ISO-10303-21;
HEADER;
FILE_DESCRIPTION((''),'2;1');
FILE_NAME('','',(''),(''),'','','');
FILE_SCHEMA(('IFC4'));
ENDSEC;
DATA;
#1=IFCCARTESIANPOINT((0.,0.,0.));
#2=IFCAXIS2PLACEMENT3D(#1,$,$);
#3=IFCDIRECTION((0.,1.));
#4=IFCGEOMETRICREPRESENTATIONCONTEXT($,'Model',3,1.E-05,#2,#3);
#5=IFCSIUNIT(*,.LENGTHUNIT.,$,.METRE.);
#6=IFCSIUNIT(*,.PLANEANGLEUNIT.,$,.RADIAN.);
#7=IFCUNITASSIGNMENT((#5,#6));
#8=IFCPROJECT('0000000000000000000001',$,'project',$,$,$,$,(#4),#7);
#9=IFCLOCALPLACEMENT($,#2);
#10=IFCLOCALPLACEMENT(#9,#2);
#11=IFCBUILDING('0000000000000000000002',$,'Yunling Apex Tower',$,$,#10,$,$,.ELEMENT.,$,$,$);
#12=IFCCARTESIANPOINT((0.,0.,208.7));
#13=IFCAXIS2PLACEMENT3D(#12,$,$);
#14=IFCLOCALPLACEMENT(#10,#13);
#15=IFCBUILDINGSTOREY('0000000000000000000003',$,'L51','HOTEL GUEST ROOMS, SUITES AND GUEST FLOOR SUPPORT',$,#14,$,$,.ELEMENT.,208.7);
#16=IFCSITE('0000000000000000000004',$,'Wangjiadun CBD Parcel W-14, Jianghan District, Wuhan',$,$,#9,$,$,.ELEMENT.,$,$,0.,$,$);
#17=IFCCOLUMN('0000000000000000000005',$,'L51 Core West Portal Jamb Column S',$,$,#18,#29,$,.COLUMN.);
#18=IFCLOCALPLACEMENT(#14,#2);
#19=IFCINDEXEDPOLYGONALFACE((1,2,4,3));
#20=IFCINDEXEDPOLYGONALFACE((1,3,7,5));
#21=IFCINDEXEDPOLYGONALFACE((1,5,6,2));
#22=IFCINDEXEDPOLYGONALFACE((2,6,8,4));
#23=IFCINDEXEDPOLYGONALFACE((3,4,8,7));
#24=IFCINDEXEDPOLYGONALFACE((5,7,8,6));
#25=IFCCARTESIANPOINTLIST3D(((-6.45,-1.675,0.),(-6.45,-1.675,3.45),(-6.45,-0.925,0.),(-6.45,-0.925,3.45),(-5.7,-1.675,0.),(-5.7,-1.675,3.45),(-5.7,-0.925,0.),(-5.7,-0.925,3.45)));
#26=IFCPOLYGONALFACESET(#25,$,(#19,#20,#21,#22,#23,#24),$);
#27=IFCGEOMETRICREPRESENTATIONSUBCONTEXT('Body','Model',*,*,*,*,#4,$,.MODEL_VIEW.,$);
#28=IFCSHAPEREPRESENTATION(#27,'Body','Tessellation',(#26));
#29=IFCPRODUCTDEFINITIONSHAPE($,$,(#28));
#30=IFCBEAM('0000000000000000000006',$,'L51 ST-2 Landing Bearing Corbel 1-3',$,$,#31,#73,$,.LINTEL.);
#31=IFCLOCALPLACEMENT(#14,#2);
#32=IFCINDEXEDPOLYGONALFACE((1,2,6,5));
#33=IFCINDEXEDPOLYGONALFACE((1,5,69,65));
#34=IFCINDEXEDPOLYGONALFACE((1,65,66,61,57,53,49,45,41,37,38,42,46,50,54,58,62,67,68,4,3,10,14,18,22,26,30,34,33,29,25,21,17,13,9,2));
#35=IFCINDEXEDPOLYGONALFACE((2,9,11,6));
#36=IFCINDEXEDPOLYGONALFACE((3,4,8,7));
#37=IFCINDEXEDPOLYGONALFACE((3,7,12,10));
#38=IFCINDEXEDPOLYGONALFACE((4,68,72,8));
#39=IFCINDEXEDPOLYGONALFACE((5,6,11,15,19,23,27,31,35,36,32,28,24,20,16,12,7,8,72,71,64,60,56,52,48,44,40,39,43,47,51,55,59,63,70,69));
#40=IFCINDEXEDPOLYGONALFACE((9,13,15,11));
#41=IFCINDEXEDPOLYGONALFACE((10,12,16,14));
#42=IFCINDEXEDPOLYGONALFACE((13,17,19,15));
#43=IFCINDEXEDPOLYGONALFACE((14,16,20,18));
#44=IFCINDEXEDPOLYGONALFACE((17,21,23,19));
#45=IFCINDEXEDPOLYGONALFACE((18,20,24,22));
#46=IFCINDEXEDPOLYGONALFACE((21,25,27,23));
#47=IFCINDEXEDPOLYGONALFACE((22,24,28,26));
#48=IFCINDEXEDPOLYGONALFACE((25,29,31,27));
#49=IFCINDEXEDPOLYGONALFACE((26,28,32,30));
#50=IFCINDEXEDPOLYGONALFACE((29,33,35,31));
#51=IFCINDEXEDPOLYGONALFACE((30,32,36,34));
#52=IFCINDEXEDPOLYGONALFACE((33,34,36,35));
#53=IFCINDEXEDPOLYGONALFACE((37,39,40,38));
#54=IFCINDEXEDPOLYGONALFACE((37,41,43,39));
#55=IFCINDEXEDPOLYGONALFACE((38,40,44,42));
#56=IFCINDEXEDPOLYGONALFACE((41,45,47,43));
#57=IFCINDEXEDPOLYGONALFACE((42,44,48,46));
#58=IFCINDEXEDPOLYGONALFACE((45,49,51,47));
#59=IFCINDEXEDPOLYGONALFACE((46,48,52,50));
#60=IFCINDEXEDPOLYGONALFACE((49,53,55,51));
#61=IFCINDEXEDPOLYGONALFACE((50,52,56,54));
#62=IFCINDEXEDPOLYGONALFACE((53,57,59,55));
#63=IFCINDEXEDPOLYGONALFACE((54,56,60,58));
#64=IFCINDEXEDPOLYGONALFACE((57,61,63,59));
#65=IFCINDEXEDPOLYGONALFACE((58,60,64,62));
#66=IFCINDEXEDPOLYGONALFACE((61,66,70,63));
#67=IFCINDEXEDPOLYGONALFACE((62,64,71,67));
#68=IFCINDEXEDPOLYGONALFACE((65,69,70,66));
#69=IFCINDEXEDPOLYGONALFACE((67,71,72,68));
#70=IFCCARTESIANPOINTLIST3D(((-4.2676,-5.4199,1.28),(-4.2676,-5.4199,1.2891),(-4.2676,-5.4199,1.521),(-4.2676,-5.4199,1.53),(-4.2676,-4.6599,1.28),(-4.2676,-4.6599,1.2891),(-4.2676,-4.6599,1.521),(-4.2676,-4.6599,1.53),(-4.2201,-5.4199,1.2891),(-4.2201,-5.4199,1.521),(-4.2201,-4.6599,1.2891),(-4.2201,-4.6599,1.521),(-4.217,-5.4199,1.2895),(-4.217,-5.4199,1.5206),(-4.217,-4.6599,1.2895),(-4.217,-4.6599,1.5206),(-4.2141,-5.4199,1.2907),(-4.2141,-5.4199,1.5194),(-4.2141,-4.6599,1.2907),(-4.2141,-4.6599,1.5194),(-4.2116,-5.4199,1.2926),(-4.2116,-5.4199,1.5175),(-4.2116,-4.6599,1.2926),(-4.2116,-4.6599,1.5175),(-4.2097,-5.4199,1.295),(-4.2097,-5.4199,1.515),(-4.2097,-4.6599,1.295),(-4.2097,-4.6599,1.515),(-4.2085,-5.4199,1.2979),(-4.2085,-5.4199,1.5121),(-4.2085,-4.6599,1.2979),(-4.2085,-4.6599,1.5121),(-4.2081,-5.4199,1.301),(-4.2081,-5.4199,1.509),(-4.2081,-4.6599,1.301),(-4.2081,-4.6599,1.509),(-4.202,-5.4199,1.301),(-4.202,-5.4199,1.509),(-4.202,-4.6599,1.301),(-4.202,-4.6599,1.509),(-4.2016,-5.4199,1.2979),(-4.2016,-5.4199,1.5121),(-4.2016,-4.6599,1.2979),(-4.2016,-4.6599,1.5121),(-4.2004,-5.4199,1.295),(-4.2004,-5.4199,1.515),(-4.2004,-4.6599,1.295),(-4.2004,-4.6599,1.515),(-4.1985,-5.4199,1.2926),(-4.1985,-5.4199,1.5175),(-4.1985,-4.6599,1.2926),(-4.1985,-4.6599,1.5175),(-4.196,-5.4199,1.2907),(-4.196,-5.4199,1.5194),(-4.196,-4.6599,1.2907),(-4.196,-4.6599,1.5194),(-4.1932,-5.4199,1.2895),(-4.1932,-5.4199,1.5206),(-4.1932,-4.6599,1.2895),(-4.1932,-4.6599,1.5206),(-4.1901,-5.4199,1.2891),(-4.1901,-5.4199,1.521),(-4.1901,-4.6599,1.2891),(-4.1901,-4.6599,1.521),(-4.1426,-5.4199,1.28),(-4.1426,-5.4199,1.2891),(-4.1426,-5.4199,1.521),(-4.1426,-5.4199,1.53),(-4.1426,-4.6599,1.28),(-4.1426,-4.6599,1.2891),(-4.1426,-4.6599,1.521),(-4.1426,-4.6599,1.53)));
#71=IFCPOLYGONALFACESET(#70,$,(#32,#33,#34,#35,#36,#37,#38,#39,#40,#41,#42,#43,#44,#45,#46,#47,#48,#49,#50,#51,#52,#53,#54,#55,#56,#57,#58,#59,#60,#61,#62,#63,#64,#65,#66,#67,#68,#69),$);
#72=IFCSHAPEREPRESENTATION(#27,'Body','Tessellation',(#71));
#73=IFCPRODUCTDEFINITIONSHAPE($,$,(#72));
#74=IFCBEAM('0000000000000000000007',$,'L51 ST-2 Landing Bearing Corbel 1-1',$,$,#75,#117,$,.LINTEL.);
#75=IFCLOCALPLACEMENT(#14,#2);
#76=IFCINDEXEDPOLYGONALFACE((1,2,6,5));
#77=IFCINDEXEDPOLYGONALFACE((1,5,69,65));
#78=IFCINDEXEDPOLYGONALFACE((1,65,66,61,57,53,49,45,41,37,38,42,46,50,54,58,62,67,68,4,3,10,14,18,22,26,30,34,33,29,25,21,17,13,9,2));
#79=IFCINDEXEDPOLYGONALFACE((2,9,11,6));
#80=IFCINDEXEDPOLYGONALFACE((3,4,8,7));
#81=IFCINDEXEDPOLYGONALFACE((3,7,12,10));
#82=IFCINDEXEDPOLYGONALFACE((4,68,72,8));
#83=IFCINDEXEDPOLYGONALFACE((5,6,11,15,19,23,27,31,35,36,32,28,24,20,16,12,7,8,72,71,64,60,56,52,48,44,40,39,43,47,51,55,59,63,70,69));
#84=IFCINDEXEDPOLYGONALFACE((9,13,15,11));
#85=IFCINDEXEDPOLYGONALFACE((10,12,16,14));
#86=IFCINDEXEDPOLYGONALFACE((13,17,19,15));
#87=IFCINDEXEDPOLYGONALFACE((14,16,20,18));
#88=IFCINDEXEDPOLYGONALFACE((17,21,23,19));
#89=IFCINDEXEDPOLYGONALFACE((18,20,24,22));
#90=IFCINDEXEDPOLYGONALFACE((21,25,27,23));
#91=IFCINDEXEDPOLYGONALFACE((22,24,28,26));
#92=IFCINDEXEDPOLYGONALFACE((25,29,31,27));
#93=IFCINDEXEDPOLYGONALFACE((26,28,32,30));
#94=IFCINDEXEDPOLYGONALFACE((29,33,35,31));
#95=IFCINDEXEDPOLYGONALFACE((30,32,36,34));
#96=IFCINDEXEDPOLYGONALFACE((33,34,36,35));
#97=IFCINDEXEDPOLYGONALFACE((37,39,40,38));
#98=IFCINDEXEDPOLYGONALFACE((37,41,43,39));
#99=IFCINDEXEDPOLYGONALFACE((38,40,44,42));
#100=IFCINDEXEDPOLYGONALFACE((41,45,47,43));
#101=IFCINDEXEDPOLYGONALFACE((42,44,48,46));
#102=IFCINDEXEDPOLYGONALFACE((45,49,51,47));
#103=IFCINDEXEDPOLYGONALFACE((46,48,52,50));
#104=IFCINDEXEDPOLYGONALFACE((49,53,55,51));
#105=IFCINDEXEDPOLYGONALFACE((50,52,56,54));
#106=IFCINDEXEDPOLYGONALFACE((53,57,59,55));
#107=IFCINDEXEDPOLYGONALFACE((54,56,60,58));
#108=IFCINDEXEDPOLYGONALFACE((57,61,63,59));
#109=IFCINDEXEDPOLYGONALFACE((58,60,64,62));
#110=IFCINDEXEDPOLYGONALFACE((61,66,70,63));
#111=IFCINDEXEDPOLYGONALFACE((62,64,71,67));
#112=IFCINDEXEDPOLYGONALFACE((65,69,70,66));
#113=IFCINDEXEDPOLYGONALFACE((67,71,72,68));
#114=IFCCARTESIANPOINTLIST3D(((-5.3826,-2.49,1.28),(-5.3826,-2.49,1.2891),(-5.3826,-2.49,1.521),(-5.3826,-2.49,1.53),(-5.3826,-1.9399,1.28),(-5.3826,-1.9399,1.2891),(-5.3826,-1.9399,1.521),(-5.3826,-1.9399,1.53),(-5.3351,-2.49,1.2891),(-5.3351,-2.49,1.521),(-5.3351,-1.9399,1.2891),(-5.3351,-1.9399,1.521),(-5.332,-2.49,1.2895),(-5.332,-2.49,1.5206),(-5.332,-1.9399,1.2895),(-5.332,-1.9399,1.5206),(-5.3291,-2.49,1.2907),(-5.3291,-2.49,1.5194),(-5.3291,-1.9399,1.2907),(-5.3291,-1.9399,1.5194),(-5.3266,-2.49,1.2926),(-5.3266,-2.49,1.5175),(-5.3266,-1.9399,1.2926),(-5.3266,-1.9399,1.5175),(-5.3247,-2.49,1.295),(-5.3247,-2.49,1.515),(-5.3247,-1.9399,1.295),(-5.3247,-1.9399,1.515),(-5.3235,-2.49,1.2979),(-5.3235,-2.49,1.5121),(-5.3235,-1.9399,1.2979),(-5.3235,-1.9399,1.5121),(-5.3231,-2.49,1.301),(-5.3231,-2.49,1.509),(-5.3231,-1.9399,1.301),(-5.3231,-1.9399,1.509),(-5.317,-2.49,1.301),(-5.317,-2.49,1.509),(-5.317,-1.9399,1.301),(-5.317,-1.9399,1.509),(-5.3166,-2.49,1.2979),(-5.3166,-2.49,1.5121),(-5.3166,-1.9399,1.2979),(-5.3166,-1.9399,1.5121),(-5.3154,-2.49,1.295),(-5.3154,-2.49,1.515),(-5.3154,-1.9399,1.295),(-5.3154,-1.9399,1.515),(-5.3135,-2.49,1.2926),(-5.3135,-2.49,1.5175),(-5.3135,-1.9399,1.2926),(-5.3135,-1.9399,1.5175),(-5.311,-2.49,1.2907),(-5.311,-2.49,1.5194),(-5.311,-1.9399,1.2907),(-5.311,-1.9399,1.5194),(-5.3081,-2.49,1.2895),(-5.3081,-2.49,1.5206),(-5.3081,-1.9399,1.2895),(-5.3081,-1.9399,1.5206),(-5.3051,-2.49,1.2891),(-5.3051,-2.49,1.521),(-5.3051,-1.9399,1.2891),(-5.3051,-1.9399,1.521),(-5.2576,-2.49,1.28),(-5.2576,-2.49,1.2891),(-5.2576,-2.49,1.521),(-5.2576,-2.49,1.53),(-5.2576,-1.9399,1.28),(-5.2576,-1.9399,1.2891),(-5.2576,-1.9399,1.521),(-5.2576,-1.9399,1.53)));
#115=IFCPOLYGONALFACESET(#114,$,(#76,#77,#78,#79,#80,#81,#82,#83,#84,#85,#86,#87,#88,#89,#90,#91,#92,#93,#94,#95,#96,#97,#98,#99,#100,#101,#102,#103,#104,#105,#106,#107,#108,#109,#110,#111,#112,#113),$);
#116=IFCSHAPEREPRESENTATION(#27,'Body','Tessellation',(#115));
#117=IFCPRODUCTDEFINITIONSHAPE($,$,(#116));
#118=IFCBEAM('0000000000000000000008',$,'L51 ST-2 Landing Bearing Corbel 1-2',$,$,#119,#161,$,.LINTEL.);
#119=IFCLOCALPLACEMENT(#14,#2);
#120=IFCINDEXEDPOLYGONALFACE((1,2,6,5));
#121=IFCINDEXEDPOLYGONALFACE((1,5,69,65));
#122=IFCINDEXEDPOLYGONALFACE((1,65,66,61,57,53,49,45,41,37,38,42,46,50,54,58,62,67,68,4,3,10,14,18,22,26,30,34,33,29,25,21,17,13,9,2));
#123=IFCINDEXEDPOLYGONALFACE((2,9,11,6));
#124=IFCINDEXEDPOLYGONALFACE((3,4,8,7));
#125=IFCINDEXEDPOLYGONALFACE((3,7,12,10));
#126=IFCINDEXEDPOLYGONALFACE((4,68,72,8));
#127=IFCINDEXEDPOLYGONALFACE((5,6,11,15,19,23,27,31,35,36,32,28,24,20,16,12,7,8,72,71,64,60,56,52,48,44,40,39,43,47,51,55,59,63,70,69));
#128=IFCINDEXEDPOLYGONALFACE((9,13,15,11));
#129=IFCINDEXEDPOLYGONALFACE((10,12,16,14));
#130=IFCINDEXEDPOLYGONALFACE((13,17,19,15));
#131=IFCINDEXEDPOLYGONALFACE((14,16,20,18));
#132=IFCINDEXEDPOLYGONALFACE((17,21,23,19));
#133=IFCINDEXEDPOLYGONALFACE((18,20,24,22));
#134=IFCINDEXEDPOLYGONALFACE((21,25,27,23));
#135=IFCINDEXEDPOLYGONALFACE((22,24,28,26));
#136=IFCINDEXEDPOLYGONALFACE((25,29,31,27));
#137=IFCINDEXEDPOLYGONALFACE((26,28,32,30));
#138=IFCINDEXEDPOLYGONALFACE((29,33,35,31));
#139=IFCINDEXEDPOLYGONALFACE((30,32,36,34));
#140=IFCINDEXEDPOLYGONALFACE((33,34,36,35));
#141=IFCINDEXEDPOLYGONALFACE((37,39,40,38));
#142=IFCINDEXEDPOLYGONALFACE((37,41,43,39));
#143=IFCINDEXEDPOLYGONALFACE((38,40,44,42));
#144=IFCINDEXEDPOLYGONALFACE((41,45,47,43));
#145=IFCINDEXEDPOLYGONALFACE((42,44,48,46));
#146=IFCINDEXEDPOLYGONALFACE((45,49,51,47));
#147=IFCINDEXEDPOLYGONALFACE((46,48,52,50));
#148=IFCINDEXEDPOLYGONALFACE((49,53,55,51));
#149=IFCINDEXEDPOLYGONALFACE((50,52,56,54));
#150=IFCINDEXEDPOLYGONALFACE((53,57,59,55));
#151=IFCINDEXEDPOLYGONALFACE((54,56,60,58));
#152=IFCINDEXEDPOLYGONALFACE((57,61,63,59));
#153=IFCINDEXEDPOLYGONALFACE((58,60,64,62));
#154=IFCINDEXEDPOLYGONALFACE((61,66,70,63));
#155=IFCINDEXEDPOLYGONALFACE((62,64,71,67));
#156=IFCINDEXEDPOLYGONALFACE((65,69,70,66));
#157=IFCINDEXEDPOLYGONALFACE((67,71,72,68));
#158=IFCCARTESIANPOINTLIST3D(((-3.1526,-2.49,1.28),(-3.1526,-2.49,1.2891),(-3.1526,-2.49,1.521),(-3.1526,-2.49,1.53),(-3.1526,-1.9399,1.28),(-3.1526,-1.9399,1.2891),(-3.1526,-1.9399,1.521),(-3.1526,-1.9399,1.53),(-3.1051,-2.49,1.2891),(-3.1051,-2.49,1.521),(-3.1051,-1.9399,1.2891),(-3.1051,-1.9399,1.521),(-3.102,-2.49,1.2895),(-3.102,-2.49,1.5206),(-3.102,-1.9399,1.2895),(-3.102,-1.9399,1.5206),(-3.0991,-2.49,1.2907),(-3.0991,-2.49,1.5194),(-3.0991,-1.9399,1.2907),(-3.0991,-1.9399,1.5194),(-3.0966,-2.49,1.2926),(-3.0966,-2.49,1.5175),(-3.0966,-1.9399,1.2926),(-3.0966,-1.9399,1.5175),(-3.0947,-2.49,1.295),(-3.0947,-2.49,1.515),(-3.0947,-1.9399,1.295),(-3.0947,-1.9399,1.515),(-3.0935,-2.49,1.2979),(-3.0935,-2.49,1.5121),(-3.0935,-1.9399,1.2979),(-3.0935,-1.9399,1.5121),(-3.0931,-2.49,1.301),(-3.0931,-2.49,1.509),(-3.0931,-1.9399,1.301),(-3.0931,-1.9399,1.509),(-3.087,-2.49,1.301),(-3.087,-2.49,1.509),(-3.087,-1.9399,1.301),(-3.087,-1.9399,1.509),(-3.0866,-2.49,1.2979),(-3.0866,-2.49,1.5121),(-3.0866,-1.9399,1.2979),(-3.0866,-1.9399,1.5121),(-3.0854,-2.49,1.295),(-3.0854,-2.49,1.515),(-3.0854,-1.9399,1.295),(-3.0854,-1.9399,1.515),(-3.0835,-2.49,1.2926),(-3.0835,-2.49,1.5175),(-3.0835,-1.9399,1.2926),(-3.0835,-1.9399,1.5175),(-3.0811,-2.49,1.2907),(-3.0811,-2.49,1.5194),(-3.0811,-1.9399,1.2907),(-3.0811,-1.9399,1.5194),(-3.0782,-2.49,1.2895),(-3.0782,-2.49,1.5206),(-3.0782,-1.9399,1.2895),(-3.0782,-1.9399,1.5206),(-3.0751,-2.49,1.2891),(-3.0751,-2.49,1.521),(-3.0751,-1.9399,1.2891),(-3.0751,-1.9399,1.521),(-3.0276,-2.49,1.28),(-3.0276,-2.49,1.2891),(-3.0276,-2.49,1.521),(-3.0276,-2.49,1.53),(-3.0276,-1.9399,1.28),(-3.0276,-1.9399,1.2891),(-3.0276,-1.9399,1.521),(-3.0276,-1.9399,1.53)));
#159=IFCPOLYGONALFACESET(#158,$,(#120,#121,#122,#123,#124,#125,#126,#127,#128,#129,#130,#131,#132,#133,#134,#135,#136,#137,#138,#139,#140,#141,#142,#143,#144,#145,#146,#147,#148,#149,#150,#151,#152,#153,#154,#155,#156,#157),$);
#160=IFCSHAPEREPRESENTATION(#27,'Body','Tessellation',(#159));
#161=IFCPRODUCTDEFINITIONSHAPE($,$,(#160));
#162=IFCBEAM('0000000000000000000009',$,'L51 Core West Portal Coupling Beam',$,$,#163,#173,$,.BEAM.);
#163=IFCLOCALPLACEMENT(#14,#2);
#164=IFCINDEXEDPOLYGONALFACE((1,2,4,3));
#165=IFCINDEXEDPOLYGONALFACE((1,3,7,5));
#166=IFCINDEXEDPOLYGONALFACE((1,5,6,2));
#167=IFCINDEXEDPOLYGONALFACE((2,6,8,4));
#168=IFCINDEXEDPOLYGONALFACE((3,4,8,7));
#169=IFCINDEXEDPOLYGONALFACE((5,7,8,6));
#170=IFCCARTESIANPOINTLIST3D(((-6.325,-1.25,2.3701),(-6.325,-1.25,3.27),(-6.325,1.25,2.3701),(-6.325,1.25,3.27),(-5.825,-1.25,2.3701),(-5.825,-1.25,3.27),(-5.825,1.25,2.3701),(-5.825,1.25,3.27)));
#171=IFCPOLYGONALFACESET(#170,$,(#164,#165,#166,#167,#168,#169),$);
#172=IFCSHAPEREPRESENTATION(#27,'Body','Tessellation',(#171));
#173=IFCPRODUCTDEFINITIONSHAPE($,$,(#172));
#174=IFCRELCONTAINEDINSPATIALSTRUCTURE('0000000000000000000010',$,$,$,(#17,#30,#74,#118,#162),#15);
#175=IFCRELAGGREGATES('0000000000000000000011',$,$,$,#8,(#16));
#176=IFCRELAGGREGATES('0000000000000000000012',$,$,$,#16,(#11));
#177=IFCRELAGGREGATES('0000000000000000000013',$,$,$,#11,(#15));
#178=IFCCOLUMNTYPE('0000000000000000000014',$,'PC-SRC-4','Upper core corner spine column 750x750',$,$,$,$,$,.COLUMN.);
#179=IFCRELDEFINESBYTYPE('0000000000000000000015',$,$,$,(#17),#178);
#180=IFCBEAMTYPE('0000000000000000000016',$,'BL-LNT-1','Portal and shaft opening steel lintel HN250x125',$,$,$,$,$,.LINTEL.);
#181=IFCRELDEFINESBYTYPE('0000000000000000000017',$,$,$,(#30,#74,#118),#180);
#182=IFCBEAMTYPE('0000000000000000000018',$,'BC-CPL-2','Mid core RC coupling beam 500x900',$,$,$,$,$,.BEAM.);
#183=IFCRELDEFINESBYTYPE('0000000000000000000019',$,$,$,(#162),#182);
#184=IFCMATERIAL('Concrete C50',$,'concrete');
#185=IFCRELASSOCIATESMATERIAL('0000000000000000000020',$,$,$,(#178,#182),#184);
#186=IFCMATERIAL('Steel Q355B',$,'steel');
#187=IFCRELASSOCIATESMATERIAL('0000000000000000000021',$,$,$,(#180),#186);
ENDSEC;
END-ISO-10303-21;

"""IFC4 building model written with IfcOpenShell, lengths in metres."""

from ifc_helpers import new_model, si_unit, direction, frame, origin, origin_2d, place, context, subcontext, project, spatial, rectangle, i_section, extrude, source, transform, mapped, material, material_profile, profile_set, type_object, element, save


model = new_model("IFC4")

# Units and contexts
model_context = context("Model", 3, precision=1e-05, world=origin(), true_north=direction((0.0, 1.0)))
body_context = subcontext(model_context, "Body", "Model", "MODEL_VIEW")
ifc_project = project(units=[si_unit("LENGTHUNIT", "METRE"), si_unit("PLANEANGLEUNIT", "RADIAN")], contexts=[model_context])

# Site, building, storey
site_placement = place(None, origin())
site = spatial("IfcSite", under=ifc_project, at=site_placement, Name="Wangjiadun CBD Parcel W-14, Jianghan District, Wuhan", CompositionType="ELEMENT", RefElevation=0.0)
building_placement = place(site_placement, origin())
building = spatial("IfcBuilding", under=site, at=building_placement, Name="Yunling Apex Tower", CompositionType="ELEMENT")
storey_placement = place(building_placement, frame((0.0, 0.0, 208.7)))
storey = spatial("IfcBuildingStorey", under=building, at=storey_placement, Name="L51", Description="HOTEL GUEST ROOMS, SUITES AND GUEST FLOOR SUPPORT", CompositionType="ELEMENT", Elevation=208.7)

# Column
ifc_material_1 = material(Name="Concrete C50", Category="concrete")
ifc_material_profile_1 = material_profile(ifc_material_1, rectangle(XDim=0.75, YDim=0.75, at=origin_2d()))
ifc_profile_set_1 = profile_set([ifc_material_profile_1], Name="Concrete C50")
column_type = type_object("IfcColumnType", Name="PC-SRC-4", Description="Upper core corner spine column 750x750", PredefinedType="COLUMN", material=ifc_profile_set_1)
shared_shape_1 = source(origin(), body_context, "Body", "SweptSolid", [
    extrude(rectangle(XDim=0.75, YDim=0.75, at=origin_2d()), origin(), (0.0, 0.0, 1.0), 3.45),
])
column_placement = place(storey_placement, frame((-6.075, -1.3, 0.0), z_axis=(0.0, 0.0, 1.0), x_axis=(1.0, 0.0, 0.0)))
element("IfcColumn", 1, at=column_placement, inside=storey, type_object=column_type, Name="L51 Core West Portal Jamb Column S", PredefinedType="COLUMN", context=body_context, shape_type="MappedRepresentation", body=[
    mapped(shared_shape_1, transform((0.0, 0.0, 0.0), scale=1.0)),
])

# Beams
ifc_material_2 = material(Name="Steel Q355B", Category="steel")
ifc_material_profile_2 = material_profile(ifc_material_2, i_section(OverallWidth=0.125, OverallDepth=0.25, WebThickness=0.0061, FlangeThickness=0.009, FilletRadius=0.012, at=origin_2d()))
ifc_profile_set_2 = profile_set([ifc_material_profile_2], Name="Steel Q355B")
beam_type_1 = type_object("IfcBeamType", Name="BL-LNT-1", Description="Portal and shaft opening steel lintel HN250x125", PredefinedType="LINTEL", material=ifc_profile_set_2)
shared_shape_2 = source(origin(), body_context, "Body", "SweptSolid", [
    extrude(i_section(OverallWidth=0.125, OverallDepth=0.25, WebThickness=0.0061, FlangeThickness=0.009, FilletRadius=0.012, at=origin_2d()), origin(), (0.0, 0.0, 1.0), 0.76),
])
beam_1_placement = place(storey_placement, frame((-4.2051, -5.4199, 1.405), z_axis=(0.0, 1.0, 0.0), x_axis=(-1.0, 0.0, 0.0)))
element("IfcBeam", 2, at=beam_1_placement, inside=storey, type_object=beam_type_1, Name="L51 ST-2 Landing Bearing Corbel 1-3", PredefinedType="LINTEL", context=body_context, shape_type="MappedRepresentation", body=[
    mapped(shared_shape_2, transform((0.0, 0.0, 0.0), scale=1.0)),
])
shared_shape_3 = source(origin(), body_context, "Body", "SweptSolid", [
    extrude(i_section(OverallWidth=0.125, OverallDepth=0.25, WebThickness=0.0061, FlangeThickness=0.009, FilletRadius=0.012, at=origin_2d()), origin(), (0.0, 0.0, 1.0), 0.55),
])
for number, where, z_axis, x_axis, name in (
    (3, (-5.3201, -1.9399, 1.405), (0.0, -1.0, 0.0), (1.0, 0.0, 0.0), "L51 ST-2 Landing Bearing Corbel 1-1"),
    (4, (-3.0901, -1.9399, 1.405), (0.0, -1.0, 0.0), (1.0, 0.0, 0.0), "L51 ST-2 Landing Bearing Corbel 1-2"),
):
    element("IfcBeam", number, at=place(storey_placement, frame(where, z_axis=z_axis, x_axis=x_axis)), inside=storey, type_object=beam_type_1, Name=name, PredefinedType="LINTEL", context=body_context, shape_type="MappedRepresentation", body=[
        mapped(shared_shape_3, transform((0.0, 0.0, 0.0), scale=1.0)),
    ])
ifc_material_profile_3 = material_profile(ifc_material_1, rectangle(XDim=0.5, YDim=0.8999, at=origin_2d()))
ifc_profile_set_3 = profile_set([ifc_material_profile_3], Name="Concrete C50")
beam_type_2 = type_object("IfcBeamType", Name="BC-CPL-2", Description="Mid core RC coupling beam 500x900", PredefinedType="BEAM", material=ifc_profile_set_3)
shared_shape_4 = source(origin(), body_context, "Body", "SweptSolid", [
    extrude(rectangle(XDim=0.5, YDim=0.8999, at=origin_2d()), origin(), (0.0, 0.0, 1.0), 2.5),
])
beam_2_placement = place(storey_placement, frame((-6.075, -1.25, 2.8201), z_axis=(0.0, 1.0, 0.0), x_axis=(-1.0, 0.0, 0.0)))
element("IfcBeam", 5, at=beam_2_placement, inside=storey, type_object=beam_type_2, Name="L51 Core West Portal Coupling Beam", PredefinedType="BEAM", context=body_context, shape_type="MappedRepresentation", body=[
    mapped(shared_shape_4, transform((0.0, 0.0, 0.0), scale=1.0)),
])

save(model, "model.ifc")
